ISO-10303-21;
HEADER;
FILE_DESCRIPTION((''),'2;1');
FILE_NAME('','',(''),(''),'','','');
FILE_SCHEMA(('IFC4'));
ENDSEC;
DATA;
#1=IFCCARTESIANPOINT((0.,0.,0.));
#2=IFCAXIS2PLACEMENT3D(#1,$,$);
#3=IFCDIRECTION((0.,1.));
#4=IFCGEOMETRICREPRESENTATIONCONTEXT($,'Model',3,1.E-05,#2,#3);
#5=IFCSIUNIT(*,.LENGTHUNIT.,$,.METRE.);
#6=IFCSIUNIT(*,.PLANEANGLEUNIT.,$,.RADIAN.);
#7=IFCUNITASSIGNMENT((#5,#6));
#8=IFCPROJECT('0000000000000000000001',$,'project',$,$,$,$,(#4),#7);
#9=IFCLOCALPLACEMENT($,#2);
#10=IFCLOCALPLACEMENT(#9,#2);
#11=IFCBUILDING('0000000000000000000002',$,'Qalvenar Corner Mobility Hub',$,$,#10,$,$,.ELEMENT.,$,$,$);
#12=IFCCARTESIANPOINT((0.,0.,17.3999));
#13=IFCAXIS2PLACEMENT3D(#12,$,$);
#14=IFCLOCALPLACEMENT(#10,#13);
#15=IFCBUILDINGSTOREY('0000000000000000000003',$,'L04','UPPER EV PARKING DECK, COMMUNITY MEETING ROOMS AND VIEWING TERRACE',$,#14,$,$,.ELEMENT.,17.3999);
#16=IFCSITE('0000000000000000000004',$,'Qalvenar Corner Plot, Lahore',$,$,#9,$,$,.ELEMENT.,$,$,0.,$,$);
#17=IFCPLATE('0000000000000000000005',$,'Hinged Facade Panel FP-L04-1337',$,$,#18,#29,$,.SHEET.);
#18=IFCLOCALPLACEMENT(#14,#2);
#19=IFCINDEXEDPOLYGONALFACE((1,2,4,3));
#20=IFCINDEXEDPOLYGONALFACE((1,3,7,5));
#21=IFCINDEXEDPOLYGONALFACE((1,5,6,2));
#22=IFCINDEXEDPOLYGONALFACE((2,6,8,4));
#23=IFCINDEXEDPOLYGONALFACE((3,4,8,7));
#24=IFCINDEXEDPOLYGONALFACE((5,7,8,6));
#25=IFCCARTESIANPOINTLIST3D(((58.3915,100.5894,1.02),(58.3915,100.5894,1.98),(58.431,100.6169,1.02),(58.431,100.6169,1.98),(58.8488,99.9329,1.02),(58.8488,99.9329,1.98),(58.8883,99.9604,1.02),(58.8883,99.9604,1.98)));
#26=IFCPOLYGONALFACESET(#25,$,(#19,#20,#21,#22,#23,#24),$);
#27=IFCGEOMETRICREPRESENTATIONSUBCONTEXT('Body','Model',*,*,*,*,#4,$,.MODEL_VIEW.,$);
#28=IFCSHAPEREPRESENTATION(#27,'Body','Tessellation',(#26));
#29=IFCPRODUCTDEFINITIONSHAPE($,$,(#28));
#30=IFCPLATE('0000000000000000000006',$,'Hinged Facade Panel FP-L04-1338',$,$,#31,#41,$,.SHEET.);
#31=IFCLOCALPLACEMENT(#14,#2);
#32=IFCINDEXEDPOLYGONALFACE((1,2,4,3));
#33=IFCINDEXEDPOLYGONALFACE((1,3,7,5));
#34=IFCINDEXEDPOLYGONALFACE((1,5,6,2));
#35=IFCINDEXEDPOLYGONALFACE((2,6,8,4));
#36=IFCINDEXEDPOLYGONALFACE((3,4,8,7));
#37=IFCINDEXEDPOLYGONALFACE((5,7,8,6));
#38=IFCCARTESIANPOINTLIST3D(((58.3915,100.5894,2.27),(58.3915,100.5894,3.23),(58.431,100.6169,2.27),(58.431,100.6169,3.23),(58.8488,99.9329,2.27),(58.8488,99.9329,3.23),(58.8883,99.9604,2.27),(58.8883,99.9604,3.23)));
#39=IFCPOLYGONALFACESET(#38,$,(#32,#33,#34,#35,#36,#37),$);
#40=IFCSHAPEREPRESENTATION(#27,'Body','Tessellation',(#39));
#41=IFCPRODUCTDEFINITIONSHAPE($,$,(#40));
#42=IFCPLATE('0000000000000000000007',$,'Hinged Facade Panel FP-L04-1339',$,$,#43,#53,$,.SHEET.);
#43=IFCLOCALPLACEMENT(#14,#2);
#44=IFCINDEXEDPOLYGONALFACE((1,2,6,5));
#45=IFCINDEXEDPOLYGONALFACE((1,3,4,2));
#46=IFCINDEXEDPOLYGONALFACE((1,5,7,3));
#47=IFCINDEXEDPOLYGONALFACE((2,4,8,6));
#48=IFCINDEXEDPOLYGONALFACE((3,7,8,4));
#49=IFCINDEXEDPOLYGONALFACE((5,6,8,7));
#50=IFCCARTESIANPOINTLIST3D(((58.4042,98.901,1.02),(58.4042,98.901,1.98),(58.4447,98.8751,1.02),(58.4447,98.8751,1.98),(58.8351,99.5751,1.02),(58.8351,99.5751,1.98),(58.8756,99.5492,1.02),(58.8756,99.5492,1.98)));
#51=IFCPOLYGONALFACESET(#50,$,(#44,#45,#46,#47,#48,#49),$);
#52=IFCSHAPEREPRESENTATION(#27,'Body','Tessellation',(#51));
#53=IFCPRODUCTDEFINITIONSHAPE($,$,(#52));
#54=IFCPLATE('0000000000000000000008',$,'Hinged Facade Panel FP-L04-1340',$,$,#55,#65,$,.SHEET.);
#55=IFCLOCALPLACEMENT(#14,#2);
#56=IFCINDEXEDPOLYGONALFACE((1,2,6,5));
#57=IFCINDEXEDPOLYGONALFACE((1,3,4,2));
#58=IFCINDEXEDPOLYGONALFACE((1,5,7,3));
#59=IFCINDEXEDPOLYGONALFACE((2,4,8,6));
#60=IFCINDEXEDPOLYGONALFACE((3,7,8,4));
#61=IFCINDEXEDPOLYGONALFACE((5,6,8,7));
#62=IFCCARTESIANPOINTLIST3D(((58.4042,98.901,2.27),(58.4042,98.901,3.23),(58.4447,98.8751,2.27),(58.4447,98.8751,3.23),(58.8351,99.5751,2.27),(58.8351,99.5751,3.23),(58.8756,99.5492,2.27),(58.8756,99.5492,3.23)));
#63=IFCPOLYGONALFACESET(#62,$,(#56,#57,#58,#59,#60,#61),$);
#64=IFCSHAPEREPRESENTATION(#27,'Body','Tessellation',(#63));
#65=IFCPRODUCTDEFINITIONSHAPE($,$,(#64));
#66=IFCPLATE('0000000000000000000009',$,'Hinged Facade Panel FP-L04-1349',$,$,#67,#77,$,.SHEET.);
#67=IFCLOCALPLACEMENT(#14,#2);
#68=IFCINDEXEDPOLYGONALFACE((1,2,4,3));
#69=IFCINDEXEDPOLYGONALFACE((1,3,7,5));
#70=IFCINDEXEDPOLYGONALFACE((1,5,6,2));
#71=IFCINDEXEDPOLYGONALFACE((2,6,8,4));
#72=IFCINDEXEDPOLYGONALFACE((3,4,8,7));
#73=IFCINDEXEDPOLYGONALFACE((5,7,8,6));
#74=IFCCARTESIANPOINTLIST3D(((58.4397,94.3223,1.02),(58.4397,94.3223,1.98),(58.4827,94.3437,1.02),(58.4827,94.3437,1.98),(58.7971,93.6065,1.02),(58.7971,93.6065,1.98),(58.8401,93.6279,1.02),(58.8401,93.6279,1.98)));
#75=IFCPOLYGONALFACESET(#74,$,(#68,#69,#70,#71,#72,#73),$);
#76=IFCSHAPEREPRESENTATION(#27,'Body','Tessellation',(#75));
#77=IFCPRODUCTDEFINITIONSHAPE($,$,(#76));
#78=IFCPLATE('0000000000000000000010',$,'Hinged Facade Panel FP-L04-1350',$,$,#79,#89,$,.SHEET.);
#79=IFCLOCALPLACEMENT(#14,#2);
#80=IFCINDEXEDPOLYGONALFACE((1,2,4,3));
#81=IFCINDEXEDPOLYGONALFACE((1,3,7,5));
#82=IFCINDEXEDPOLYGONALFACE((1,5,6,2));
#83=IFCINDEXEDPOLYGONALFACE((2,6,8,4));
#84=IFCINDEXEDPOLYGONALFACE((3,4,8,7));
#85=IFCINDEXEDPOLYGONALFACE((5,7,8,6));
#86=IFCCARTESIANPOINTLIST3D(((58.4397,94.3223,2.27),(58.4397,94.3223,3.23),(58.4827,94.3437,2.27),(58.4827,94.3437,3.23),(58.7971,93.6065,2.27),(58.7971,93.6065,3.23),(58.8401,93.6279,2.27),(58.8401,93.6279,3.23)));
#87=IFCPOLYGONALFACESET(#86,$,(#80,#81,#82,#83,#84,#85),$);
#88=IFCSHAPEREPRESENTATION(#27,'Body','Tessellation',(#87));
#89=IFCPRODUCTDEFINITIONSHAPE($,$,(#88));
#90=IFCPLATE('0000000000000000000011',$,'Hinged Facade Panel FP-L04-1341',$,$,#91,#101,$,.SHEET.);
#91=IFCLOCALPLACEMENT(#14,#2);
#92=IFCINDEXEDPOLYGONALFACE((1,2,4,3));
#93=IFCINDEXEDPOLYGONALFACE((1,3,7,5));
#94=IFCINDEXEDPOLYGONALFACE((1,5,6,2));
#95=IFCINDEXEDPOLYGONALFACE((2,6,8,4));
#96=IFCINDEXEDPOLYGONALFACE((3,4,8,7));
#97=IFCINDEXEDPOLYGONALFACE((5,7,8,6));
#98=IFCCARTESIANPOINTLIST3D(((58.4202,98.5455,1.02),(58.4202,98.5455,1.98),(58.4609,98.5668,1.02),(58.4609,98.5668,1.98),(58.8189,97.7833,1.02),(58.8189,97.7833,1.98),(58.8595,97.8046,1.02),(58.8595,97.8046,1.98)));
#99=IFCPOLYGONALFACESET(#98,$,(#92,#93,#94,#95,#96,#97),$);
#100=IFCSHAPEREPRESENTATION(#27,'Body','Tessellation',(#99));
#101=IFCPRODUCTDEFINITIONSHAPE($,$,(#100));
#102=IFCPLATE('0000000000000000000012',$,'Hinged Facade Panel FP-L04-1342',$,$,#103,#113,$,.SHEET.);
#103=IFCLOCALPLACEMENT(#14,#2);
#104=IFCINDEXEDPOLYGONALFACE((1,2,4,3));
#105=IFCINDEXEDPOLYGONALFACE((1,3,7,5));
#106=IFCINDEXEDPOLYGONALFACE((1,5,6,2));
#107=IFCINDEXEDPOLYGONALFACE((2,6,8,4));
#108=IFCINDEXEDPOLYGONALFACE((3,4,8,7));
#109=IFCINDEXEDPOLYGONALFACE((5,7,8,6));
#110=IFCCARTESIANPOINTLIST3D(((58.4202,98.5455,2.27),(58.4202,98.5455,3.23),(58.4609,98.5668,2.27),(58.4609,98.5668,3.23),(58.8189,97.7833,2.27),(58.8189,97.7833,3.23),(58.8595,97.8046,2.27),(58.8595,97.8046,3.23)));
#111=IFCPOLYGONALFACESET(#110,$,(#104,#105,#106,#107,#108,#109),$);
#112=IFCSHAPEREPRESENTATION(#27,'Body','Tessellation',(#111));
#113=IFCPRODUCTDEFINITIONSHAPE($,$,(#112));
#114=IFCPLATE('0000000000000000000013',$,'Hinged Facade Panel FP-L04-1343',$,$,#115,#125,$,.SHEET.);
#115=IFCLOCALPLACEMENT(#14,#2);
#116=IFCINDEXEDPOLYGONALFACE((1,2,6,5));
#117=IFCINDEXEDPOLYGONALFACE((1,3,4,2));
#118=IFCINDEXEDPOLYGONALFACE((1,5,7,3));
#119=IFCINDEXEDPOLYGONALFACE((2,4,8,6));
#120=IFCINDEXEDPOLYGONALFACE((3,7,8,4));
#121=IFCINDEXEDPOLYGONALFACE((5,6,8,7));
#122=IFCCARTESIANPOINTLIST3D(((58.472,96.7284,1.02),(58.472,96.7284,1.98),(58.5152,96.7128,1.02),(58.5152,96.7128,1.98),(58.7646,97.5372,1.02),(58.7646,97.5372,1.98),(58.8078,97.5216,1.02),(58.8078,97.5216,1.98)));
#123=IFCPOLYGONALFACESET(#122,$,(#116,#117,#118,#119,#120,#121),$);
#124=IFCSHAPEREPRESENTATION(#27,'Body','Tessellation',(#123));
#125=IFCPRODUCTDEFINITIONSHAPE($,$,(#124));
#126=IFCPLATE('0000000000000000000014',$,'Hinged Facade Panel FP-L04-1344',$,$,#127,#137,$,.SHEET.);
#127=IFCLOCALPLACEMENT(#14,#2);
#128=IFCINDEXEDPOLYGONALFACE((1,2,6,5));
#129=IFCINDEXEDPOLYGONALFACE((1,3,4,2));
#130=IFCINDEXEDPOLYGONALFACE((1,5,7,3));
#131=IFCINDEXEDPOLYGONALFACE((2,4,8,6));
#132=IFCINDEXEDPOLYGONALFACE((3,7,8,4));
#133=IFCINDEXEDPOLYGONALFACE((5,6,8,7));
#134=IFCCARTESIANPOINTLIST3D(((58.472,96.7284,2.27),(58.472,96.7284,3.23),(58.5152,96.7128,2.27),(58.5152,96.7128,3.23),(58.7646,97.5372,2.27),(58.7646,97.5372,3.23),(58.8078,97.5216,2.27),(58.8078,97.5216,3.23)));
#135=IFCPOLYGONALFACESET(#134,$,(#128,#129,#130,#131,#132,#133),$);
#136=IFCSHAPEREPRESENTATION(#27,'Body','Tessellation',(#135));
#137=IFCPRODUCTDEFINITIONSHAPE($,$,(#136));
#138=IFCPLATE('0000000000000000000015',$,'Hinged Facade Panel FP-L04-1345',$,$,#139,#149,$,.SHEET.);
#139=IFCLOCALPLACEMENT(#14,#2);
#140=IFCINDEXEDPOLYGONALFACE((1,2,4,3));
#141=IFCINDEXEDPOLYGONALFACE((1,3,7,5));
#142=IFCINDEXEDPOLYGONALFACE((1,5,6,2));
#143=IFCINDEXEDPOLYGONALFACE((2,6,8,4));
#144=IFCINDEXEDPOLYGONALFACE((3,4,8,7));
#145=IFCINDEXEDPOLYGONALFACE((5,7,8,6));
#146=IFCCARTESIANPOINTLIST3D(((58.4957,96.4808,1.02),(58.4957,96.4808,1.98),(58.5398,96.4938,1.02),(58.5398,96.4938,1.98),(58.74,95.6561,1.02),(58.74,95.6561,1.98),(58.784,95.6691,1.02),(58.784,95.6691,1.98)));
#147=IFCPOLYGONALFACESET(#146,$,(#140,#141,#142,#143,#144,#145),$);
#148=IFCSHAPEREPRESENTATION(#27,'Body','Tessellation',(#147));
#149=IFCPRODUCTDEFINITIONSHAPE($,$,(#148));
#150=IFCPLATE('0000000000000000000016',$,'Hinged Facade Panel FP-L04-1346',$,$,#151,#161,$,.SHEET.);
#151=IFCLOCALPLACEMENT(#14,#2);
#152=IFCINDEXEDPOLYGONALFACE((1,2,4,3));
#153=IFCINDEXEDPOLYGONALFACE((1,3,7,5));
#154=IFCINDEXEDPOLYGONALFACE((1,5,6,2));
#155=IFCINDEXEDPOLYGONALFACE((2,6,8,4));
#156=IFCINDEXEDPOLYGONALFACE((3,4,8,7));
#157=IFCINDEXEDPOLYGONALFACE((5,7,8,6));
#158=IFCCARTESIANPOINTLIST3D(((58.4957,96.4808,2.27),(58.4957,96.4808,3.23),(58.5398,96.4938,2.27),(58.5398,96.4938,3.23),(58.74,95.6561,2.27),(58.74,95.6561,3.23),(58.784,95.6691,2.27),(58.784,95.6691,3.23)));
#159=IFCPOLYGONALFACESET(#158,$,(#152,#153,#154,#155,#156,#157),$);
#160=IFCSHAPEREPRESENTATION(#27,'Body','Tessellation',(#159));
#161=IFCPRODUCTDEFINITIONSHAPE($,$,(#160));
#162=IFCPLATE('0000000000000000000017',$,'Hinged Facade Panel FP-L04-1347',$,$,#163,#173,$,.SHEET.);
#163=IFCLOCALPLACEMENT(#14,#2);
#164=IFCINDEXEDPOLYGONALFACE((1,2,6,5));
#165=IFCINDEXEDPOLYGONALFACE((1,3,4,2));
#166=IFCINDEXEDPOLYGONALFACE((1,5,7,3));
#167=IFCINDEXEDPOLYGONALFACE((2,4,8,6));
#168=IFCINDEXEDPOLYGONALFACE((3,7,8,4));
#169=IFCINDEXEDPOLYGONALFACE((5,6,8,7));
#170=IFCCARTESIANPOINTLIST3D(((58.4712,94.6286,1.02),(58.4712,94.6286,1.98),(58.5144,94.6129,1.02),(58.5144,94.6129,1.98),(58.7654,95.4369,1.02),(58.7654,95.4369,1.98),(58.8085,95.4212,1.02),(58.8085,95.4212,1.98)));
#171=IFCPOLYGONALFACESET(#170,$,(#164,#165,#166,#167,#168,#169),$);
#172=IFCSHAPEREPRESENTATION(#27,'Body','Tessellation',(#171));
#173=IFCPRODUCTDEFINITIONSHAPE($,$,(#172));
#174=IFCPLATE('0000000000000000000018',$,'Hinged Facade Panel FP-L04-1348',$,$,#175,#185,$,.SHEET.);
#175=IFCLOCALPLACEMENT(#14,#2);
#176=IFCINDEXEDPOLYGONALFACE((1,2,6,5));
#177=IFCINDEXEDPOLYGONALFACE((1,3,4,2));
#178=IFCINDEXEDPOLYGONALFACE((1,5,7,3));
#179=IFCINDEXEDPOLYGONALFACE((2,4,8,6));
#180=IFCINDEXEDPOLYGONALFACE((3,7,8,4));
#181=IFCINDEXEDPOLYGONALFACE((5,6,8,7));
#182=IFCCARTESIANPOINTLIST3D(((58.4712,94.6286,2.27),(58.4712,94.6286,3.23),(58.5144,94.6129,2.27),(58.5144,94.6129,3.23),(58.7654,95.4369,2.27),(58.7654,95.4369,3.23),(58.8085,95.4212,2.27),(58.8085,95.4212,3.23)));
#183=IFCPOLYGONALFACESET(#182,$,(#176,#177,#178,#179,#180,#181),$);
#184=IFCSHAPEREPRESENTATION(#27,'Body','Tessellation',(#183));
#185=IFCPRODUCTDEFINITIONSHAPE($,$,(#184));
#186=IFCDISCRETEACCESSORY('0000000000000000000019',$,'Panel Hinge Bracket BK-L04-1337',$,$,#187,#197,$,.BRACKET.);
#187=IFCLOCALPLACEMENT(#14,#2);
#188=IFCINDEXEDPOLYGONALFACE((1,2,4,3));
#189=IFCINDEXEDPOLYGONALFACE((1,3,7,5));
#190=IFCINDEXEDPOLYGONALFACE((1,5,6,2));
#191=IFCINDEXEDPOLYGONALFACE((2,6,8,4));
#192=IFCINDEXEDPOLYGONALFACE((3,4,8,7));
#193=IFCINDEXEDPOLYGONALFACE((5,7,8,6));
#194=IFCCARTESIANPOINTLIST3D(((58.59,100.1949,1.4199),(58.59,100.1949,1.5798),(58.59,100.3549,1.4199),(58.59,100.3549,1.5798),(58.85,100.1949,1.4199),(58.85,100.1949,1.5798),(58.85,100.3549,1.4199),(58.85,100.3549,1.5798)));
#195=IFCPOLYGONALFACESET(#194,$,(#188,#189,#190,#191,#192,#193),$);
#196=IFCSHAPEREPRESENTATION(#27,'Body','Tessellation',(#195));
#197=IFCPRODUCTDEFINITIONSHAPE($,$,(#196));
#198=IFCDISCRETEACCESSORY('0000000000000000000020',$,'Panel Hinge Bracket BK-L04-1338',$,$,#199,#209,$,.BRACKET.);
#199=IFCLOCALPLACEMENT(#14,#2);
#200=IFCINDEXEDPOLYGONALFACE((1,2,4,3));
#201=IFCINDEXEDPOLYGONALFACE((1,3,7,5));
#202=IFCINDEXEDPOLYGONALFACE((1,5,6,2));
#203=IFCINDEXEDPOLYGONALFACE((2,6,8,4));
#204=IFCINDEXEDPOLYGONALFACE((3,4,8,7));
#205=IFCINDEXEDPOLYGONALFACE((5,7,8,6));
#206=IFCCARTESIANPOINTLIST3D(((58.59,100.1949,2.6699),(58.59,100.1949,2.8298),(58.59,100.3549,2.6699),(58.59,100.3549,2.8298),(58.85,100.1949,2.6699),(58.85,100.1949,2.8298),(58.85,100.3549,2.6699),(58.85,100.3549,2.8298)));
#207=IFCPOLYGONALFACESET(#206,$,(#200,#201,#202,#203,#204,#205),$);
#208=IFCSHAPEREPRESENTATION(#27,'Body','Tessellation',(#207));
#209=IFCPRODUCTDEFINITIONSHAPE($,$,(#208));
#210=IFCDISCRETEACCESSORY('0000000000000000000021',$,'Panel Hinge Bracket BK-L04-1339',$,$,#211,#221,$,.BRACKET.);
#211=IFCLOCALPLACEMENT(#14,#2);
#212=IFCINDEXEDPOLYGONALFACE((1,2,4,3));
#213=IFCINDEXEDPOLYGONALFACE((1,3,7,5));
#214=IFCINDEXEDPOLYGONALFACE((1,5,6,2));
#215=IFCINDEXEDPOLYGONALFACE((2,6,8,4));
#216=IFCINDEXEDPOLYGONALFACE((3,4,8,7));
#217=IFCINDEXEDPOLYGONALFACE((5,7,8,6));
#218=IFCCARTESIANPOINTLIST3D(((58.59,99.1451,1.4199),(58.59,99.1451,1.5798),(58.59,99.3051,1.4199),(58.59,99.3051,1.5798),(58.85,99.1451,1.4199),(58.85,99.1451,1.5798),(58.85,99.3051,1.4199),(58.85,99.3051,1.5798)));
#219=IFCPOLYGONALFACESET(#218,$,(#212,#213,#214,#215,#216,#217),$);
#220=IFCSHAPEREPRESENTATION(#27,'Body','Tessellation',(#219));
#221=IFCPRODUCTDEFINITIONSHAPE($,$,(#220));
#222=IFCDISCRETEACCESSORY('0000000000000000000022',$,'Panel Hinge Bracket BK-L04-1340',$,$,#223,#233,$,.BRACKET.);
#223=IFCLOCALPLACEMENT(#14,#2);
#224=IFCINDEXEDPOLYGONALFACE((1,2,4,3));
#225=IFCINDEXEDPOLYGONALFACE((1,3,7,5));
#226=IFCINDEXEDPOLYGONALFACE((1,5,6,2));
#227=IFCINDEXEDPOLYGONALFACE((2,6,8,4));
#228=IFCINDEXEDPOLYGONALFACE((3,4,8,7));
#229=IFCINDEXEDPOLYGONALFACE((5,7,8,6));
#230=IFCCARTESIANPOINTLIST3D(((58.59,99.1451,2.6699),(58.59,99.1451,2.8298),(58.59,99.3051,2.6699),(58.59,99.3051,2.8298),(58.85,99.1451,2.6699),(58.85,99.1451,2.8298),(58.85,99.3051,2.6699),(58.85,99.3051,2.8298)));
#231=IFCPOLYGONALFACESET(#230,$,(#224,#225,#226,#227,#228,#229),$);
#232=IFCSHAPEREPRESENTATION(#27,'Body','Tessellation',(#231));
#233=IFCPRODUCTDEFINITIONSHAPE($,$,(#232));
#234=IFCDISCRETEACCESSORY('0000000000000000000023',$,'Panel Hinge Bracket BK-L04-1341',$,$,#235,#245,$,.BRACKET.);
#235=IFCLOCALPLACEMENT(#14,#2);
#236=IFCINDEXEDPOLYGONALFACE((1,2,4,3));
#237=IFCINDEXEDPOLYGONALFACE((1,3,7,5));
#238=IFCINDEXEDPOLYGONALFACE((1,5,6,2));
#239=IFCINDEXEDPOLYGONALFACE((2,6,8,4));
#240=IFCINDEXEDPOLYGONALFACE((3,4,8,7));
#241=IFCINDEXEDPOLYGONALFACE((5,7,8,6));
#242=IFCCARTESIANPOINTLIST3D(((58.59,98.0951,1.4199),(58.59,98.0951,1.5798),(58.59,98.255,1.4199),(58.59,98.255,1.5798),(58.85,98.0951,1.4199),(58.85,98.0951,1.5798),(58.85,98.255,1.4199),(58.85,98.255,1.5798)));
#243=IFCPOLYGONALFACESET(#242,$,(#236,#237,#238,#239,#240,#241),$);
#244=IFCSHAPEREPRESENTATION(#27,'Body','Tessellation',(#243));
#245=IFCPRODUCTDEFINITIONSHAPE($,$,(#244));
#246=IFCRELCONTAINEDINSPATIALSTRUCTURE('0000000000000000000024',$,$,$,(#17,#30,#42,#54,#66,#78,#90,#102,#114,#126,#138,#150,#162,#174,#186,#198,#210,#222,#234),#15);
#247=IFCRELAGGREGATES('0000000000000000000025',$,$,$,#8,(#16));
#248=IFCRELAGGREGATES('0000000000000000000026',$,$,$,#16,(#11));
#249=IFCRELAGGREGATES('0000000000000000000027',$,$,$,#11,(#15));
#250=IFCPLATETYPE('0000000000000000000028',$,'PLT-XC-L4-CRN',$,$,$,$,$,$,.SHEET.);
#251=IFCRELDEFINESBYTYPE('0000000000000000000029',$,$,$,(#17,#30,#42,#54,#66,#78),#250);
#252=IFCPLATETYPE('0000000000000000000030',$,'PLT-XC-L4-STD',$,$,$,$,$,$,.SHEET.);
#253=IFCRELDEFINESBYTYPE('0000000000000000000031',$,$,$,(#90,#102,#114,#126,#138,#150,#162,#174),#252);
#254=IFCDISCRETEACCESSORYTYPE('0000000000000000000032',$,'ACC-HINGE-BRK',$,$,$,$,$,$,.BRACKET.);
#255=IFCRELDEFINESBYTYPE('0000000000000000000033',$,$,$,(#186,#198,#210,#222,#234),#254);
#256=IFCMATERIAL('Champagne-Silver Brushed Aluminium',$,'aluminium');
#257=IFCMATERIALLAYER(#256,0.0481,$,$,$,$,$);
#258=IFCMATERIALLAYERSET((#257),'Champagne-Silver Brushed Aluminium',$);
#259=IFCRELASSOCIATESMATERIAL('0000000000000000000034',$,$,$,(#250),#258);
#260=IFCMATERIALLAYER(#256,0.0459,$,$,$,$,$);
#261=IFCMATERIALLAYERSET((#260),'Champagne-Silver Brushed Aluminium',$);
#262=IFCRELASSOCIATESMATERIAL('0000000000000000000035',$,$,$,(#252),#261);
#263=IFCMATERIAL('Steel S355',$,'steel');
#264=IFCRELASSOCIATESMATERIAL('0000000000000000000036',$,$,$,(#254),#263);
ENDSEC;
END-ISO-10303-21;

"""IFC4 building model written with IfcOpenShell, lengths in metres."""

from ifc_helpers import new_model, si_unit, direction, frame, origin, origin_2d, place, context, subcontext, project, spatial, rectangle, extrude, material, layer, layer_set, type_object, element, save


model = new_model("IFC4")

# Units and contexts
model_context = context("Model", 3, precision=1e-05, world=origin(), true_north=direction((0.0, 1.0)))
body_context = subcontext(model_context, "Body", "Model", "MODEL_VIEW")
ifc_project = project(units=[si_unit("LENGTHUNIT", "METRE"), si_unit("PLANEANGLEUNIT", "RADIAN")], contexts=[model_context])

# Site, building, storey
site_placement = place(None, origin())
site = spatial("IfcSite", under=ifc_project, at=site_placement, Name="Qalvenar Corner Plot, Lahore", CompositionType="ELEMENT", RefElevation=0.0)
building_placement = place(site_placement, origin())
building = spatial("IfcBuilding", under=site, at=building_placement, Name="Qalvenar Corner Mobility Hub", CompositionType="ELEMENT")
storey_placement = place(building_placement, frame((0.0, 0.0, 17.3999)))
storey = spatial("IfcBuildingStorey", under=building, at=storey_placement, Name="L04", Description="UPPER EV PARKING DECK, COMMUNITY MEETING ROOMS AND VIEWING TERRACE", CompositionType="ELEMENT", Elevation=17.3999)

# Plates
ifc_material_1 = material(Name="Champagne-Silver Brushed Aluminium", Category="aluminium")
ifc_layer_1 = layer(ifc_material_1, 0.0481)
ifc_layer_set_1 = layer_set([ifc_layer_1], Name="Champagne-Silver Brushed Aluminium")
plate_type_1 = type_object("IfcPlateType", Name="PLT-XC-L4-CRN", PredefinedType="SHEET", material=ifc_layer_set_1)
for number, where, z_axis, x_axis, name in (
    (1, (58.6399, 100.2749, 1.02), (0.0, 0.0, 1.0), (0.571573, -0.820551, 0.0), "Hinged Facade Panel FP-L04-1337"),
    (2, (58.6399, 100.2749, 2.27), (0.0, 0.0, 1.0), (0.571573, -0.820551, 0.0), "Hinged Facade Panel FP-L04-1338"),
    (3, (58.6399, 99.2251, 1.02), (0.0, 0.0, 1.0), (-0.538624, -0.842546, 0.0), "Hinged Facade Panel FP-L04-1339"),
    (4, (58.6399, 99.2251, 2.27), (0.0, 0.0, 1.0), (-0.538624, -0.842546, 0.0), "Hinged Facade Panel FP-L04-1340"),
    (5, (58.6399, 93.9751, 1.02), (0.0, 0.0, 1.0), (0.446666, -0.894701, 0.0), "Hinged Facade Panel FP-L04-1349"),
    (6, (58.6399, 93.9751, 2.27), (0.0, 0.0, 1.0), (0.446666, -0.894701, 0.0), "Hinged Facade Panel FP-L04-1350"),
):
    element("IfcPlate", number, at=place(storey_placement, frame(where, z_axis=z_axis, x_axis=x_axis)), inside=storey, type_object=plate_type_1, Name=name, PredefinedType="SHEET", context=body_context, shape_type="SweptSolid", body=[
        extrude(rectangle(XDim=0.8, YDim=0.0481, at=origin_2d()), origin(), (0.0, 0.0, 1.0), 0.96),
    ])
ifc_layer_2 = layer(ifc_material_1, 0.0459)
ifc_layer_set_2 = layer_set([ifc_layer_2], Name="Champagne-Silver Brushed Aluminium")
plate_type_2 = type_object("IfcPlateType", Name="PLT-XC-L4-STD", PredefinedType="SHEET", material=ifc_layer_set_2)
for number, where, z_axis, x_axis, name in (
    (7, (58.6399, 98.175, 1.02), (0.0, 0.0, 1.0), (0.463451, -0.886123, 0.0), "Hinged Facade Panel FP-L04-1341"),
    (8, (58.6399, 98.175, 2.27), (0.0, 0.0, 1.0), (0.463451, -0.886123, 0.0), "Hinged Facade Panel FP-L04-1342"),
    (9, (58.6399, 97.125, 1.02), (0.0, 0.0, 1.0), (-0.340215, -0.940348, 0.0), "Hinged Facade Panel FP-L04-1343"),
    (10, (58.6399, 97.125, 2.27), (0.0, 0.0, 1.0), (-0.340215, -0.940348, 0.0), "Hinged Facade Panel FP-L04-1344"),
    (11, (58.6399, 96.075, 1.02), (0.0, 0.0, 1.0), (0.284015, -0.95882, 0.0), "Hinged Facade Panel FP-L04-1345"),
    (12, (58.6399, 96.075, 2.27), (0.0, 0.0, 1.0), (0.284015, -0.95882, 0.0), "Hinged Facade Panel FP-L04-1346"),
    (13, (58.6399, 95.0249, 1.02), (0.0, 0.0, 1.0), (-0.34202, -0.939693, 0.0), "Hinged Facade Panel FP-L04-1347"),
    (14, (58.6399, 95.0249, 2.27), (0.0, 0.0, 1.0), (-0.34202, -0.939693, 0.0), "Hinged Facade Panel FP-L04-1348"),
):
    element("IfcPlate", number, at=place(storey_placement, frame(where, z_axis=z_axis, x_axis=x_axis)), inside=storey, type_object=plate_type_2, Name=name, PredefinedType="SHEET", context=body_context, shape_type="SweptSolid", body=[
        extrude(rectangle(XDim=0.8601, YDim=0.0459, at=origin_2d()), origin(), (0.0, 0.0, 1.0), 0.96),
    ])

# Discrete accessories
ifc_material_2 = material(Name="Steel S355", Category="steel")
discrete_accessory_type = type_object("IfcDiscreteAccessoryType", Name="ACC-HINGE-BRK", PredefinedType="BRACKET", material=ifc_material_2)
for number, where, z_axis, x_axis, name in (
    (15, (58.72, 100.2749, 1.4199), (0.0, 0.0, 1.0), (0.0, -1.0, 0.0), "Panel Hinge Bracket BK-L04-1337"),
    (16, (58.72, 100.2749, 2.6699), (0.0, 0.0, 1.0), (0.0, -1.0, 0.0), "Panel Hinge Bracket BK-L04-1338"),
    (17, (58.72, 99.2251, 1.4199), (0.0, 0.0, 1.0), (0.0, -1.0, 0.0), "Panel Hinge Bracket BK-L04-1339"),
    (18, (58.72, 99.2251, 2.6699), (0.0, 0.0, 1.0), (0.0, -1.0, 0.0), "Panel Hinge Bracket BK-L04-1340"),
    (19, (58.72, 98.175, 1.4199), (0.0, 0.0, 1.0), (0.0, -1.0, 0.0), "Panel Hinge Bracket BK-L04-1341"),
):
    element("IfcDiscreteAccessory", number, at=place(storey_placement, frame(where, z_axis=z_axis, x_axis=x_axis)), inside=storey, type_object=discrete_accessory_type, Name=name, PredefinedType="BRACKET", context=body_context, shape_type="SweptSolid", body=[
        extrude(rectangle(XDim=0.1599, YDim=0.26, at=origin_2d()), origin(), (0.0, 0.0, 1.0), 0.1599),
    ])

save(model, "model.ifc")
